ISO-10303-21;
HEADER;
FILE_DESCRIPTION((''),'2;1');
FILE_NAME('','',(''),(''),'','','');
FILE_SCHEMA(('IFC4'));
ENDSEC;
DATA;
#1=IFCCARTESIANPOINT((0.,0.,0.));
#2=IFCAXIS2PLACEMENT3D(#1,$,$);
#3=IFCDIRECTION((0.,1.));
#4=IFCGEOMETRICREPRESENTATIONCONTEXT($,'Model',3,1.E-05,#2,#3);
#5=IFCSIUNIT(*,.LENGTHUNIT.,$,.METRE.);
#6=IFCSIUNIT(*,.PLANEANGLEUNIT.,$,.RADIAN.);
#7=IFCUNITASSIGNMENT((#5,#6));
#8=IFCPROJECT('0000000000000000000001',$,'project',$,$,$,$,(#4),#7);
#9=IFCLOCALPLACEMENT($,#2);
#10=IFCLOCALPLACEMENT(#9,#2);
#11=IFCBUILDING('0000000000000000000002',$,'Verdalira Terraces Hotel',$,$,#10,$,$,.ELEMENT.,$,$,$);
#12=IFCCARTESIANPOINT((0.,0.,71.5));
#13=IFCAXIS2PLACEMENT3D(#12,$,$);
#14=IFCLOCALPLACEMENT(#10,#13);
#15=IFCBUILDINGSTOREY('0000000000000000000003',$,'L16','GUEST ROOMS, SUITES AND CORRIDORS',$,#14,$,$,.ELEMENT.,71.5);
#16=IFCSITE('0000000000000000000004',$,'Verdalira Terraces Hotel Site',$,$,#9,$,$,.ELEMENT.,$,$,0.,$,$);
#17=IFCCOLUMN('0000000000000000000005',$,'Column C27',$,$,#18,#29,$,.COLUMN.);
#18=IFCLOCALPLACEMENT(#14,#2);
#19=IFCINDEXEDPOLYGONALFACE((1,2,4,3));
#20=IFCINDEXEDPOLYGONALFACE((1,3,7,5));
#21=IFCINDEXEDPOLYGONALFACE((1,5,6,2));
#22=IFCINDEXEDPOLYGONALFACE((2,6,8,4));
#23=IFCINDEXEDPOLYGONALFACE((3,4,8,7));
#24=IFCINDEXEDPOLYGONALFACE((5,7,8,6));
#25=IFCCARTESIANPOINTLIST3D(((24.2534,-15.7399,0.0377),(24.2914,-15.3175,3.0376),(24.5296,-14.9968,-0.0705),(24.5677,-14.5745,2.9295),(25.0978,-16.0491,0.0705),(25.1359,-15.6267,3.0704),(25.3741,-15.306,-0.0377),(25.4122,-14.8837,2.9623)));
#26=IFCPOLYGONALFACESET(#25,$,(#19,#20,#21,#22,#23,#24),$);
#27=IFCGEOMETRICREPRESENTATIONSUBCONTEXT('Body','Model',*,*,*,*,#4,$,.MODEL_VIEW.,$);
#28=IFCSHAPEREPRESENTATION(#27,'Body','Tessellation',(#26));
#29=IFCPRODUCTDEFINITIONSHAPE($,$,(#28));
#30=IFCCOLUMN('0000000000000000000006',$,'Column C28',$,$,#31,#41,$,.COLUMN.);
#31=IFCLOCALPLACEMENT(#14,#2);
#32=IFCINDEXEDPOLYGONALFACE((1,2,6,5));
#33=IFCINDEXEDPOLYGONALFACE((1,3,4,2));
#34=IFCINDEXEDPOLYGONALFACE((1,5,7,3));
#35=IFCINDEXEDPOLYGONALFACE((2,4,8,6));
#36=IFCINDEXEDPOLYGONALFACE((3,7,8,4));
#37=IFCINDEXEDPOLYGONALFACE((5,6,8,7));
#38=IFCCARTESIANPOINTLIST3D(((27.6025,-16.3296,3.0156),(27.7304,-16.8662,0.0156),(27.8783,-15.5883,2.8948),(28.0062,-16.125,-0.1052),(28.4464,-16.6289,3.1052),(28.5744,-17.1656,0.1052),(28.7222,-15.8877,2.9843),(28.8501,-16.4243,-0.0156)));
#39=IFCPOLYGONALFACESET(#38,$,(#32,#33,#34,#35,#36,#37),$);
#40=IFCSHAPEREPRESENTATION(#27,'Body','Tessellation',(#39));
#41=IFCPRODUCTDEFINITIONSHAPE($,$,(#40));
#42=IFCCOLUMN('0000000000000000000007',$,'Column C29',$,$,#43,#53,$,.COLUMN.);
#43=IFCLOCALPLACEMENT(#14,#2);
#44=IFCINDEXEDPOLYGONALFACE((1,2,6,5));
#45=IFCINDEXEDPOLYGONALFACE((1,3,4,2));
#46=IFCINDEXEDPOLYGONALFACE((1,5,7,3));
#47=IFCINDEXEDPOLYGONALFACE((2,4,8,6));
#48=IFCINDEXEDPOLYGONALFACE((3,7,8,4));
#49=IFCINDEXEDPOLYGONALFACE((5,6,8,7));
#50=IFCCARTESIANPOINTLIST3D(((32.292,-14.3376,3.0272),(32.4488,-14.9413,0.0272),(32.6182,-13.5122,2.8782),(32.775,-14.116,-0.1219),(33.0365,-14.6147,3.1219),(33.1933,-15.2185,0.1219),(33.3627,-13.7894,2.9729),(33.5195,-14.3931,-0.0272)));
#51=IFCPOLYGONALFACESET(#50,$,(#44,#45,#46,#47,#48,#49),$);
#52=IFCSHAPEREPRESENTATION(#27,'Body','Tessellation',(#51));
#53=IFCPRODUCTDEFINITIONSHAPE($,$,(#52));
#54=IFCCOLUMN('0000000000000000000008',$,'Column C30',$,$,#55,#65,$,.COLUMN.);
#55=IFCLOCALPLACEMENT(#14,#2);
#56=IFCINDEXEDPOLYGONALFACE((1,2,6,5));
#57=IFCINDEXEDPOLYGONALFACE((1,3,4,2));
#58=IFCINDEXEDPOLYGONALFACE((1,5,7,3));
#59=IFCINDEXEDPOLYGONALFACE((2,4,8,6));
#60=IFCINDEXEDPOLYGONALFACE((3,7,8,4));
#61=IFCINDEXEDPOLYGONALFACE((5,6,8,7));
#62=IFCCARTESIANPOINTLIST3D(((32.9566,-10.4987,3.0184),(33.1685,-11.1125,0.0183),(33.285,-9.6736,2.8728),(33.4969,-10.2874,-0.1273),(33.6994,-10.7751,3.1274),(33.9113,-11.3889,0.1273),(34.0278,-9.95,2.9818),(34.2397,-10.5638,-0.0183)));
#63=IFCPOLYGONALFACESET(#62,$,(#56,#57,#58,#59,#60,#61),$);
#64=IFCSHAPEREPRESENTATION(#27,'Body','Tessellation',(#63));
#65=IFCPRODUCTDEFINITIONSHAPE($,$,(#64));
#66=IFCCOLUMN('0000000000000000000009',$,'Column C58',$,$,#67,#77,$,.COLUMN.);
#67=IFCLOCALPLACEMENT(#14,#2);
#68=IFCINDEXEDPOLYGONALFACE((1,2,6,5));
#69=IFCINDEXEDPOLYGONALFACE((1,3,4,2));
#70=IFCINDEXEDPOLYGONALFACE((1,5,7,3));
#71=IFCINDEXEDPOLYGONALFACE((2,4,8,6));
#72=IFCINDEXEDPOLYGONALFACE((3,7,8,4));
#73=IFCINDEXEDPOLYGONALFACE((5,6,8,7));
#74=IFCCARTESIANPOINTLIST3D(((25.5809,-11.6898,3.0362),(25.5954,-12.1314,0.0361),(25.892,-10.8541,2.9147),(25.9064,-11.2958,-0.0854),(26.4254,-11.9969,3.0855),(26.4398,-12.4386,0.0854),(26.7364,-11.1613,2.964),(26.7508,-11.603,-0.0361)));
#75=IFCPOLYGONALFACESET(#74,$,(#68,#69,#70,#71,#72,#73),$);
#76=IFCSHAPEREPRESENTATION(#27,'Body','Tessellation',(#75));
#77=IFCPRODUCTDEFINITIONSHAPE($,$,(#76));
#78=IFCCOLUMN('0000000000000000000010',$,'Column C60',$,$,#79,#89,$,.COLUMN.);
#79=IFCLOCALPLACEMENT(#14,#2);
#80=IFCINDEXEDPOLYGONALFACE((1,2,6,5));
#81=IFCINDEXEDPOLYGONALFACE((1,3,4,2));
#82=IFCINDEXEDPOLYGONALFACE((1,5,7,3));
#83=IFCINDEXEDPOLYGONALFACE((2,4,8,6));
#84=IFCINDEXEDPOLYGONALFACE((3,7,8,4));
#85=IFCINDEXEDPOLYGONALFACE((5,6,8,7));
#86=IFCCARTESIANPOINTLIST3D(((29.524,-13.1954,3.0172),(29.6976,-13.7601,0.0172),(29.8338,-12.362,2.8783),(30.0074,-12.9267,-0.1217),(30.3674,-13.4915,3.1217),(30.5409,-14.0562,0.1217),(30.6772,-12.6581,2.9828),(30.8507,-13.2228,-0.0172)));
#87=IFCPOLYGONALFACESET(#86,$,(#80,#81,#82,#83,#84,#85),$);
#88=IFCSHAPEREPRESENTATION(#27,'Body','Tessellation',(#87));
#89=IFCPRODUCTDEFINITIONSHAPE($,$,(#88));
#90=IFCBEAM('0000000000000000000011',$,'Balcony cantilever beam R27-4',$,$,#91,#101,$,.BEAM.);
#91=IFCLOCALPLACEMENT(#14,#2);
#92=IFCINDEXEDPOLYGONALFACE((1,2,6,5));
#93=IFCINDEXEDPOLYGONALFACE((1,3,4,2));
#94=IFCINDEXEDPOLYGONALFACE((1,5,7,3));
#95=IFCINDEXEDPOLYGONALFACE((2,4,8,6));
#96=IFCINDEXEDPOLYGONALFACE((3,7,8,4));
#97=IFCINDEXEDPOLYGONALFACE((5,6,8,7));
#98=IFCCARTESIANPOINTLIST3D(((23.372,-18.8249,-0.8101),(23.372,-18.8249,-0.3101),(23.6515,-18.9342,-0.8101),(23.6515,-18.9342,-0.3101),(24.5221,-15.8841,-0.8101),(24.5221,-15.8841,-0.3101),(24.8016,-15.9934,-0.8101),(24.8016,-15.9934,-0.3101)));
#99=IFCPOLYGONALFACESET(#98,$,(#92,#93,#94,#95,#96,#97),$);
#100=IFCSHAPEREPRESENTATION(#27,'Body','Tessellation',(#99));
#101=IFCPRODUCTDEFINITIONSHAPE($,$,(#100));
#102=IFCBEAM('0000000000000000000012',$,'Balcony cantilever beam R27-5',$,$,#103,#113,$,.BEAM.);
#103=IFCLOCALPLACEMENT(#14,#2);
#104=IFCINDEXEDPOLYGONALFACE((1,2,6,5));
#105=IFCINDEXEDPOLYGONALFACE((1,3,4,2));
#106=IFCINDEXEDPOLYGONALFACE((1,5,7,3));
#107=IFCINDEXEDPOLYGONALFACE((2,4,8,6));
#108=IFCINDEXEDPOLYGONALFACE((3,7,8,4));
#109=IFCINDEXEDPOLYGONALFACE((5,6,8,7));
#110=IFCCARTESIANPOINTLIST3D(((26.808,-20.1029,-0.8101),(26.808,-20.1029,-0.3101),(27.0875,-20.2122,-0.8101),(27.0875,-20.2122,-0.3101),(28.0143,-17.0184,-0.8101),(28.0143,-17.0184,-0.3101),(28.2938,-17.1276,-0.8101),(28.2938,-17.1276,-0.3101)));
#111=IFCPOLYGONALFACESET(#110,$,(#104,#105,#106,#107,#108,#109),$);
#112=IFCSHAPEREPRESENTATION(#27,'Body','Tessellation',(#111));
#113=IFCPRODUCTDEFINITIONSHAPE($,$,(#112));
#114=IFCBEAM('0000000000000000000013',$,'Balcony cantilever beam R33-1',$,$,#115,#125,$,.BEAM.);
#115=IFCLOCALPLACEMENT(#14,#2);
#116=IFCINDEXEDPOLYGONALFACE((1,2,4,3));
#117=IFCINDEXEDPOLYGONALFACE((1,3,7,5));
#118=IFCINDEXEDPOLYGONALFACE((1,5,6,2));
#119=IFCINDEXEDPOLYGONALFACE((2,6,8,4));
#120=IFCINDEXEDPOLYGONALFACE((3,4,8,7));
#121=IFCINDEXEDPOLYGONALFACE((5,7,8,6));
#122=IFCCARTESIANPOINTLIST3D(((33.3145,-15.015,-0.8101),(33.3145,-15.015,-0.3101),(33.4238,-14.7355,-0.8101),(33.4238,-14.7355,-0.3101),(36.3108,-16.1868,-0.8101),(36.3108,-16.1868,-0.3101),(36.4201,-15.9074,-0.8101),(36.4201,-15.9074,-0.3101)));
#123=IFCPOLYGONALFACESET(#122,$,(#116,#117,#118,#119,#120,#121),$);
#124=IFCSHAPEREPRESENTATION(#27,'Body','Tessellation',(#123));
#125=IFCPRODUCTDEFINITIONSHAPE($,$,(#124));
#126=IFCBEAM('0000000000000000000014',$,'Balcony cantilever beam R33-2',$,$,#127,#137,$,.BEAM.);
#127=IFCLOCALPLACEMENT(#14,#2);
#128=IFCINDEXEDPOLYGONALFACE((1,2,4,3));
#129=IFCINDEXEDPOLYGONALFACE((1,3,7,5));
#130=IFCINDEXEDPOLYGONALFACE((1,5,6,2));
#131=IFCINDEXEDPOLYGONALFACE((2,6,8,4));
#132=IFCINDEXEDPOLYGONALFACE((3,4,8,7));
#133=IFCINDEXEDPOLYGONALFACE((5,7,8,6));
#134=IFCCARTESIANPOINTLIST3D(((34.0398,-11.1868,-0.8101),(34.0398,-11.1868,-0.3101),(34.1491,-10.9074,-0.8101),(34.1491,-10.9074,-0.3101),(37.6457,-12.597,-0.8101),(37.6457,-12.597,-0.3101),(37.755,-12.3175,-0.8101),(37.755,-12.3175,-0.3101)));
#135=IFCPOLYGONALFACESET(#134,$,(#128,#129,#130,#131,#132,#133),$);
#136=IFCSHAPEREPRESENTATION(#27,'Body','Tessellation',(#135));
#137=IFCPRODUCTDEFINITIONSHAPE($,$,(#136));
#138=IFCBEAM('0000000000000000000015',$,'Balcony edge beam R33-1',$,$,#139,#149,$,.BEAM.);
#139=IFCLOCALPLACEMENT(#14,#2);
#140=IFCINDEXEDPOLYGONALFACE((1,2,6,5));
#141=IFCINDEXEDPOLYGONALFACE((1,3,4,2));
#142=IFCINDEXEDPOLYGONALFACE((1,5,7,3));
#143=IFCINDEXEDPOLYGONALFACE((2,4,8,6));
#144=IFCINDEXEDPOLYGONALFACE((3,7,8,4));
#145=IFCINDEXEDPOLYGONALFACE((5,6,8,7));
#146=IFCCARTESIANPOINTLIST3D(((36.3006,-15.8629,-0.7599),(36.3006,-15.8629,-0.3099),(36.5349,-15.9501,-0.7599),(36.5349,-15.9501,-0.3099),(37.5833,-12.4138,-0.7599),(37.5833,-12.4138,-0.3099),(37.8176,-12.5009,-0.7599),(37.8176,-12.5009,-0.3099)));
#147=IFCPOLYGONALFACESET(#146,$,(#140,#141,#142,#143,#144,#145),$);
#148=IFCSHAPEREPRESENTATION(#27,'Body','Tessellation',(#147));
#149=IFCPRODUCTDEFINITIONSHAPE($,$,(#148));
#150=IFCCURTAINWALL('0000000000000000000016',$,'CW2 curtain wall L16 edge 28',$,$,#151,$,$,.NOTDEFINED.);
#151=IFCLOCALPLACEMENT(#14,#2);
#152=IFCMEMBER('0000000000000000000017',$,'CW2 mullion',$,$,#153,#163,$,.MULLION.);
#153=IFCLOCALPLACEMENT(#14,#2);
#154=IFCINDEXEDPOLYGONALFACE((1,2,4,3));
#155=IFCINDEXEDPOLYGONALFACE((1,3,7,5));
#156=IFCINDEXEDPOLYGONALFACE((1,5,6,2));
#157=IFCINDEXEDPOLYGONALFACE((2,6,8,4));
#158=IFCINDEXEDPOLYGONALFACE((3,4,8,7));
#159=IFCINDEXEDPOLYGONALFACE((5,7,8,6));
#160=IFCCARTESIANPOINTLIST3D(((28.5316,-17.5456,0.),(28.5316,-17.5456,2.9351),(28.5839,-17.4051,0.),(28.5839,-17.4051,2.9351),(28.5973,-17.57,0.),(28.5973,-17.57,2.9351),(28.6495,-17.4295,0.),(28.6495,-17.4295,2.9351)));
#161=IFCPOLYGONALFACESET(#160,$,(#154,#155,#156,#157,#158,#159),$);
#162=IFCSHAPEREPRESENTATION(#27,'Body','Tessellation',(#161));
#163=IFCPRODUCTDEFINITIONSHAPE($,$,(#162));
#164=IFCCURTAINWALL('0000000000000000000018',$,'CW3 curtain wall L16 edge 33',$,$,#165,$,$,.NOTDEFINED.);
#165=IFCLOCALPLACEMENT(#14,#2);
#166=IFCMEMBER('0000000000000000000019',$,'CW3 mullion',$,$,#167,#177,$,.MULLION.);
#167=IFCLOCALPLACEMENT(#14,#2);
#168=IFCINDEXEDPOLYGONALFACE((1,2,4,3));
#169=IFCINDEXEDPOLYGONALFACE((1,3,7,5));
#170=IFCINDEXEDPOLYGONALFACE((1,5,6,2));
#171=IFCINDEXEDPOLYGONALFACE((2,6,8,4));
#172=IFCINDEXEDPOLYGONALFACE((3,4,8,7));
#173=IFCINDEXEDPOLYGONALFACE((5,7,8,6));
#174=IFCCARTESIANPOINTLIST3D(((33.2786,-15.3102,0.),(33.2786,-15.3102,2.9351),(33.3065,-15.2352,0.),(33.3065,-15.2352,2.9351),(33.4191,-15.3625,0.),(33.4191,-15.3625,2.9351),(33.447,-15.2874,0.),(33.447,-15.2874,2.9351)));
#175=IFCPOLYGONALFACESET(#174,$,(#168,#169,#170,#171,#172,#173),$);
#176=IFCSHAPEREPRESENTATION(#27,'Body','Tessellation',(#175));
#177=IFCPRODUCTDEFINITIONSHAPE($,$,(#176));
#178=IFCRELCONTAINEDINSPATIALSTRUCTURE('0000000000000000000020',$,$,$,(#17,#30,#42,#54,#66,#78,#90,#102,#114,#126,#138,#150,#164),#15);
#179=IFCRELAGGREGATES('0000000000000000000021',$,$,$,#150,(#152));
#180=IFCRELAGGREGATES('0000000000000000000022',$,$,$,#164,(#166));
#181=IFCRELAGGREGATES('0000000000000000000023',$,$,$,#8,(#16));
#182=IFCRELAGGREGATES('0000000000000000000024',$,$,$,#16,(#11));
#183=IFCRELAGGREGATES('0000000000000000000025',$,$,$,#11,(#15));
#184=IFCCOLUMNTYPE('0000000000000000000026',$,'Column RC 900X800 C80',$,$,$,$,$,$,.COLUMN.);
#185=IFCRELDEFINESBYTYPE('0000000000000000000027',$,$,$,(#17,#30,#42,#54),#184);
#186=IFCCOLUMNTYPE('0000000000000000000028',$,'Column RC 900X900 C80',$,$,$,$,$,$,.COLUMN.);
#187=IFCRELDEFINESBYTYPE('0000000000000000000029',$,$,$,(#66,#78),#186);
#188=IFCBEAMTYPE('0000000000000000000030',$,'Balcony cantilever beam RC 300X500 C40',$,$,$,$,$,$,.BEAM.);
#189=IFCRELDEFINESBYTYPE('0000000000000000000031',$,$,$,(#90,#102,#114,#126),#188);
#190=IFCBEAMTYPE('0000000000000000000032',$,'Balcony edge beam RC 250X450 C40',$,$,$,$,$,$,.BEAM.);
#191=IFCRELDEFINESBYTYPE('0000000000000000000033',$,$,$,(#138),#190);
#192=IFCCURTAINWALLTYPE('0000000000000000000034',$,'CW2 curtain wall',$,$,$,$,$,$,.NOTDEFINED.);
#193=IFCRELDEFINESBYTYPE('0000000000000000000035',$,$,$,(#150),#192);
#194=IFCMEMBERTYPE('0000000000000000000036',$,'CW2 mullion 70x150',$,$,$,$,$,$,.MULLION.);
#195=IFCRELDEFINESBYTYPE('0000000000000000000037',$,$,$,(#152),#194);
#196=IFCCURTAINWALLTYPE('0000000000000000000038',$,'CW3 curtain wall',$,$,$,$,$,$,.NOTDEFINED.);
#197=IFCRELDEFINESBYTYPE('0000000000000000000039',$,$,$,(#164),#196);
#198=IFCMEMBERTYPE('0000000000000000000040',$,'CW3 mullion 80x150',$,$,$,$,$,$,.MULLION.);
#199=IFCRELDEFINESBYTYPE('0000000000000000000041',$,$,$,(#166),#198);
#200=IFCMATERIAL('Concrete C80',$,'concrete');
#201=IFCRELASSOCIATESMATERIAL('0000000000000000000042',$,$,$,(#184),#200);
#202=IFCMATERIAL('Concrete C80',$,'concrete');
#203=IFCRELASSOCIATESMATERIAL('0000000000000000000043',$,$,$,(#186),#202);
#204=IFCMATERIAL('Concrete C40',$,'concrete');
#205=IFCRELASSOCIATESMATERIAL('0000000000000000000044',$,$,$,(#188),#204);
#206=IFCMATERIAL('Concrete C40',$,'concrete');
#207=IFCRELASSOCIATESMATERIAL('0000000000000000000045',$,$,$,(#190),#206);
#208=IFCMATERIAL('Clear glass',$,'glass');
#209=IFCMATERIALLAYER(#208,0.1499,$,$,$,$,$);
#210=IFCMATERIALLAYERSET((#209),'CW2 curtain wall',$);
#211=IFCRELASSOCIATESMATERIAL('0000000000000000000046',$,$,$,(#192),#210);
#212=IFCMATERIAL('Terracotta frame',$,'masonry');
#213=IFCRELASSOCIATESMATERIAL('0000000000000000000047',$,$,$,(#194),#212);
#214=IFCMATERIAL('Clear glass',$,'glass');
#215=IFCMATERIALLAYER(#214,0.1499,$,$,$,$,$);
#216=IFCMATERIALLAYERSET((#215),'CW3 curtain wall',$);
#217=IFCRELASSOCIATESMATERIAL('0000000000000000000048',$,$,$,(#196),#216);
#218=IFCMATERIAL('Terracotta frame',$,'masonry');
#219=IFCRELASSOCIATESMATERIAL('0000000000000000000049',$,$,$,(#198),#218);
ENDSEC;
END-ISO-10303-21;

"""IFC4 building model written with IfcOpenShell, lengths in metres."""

from ifc_helpers import new_model, si_unit, direction, frame, origin, origin_2d, place, context, subcontext, project, spatial, rectangle, extrude, material, layer, layer_set, material_profile, profile_set, type_object, element, aggregate, save


model = new_model("IFC4")

# Units and contexts
model_context = context("Model", 3, precision=1e-05, world=origin(), true_north=direction((0.0, 1.0)))
body_context = subcontext(model_context, "Body", "Model", "MODEL_VIEW")
ifc_project = project(units=[si_unit("LENGTHUNIT", "METRE"), si_unit("PLANEANGLEUNIT", "RADIAN")], contexts=[model_context])

# Site, building, storey
site_placement = place(None, origin())
site = spatial("IfcSite", under=ifc_project, at=site_placement, Name="Verdalira Terraces Hotel Site", CompositionType="ELEMENT", RefElevation=0.0)
building_placement = place(site_placement, origin())
building = spatial("IfcBuilding", under=site, at=building_placement, Name="Verdalira Terraces Hotel", CompositionType="ELEMENT")
storey_placement = place(building_placement, frame((0.0, 0.0, 71.5)))
storey = spatial("IfcBuildingStorey", under=building, at=storey_placement, Name="L16", Description="GUEST ROOMS, SUITES AND CORRIDORS", CompositionType="ELEMENT", Elevation=71.5)

# Columns
ifc_material_1 = material(Name="Concrete C80", Category="concrete")
ifc_material_profile_1 = material_profile(ifc_material_1, rectangle(XDim=0.8999, YDim=0.8, at=origin_2d()), Name="RC 900X800")
ifc_profile_set_1 = profile_set([ifc_material_profile_1], Name="Concrete C80")
column_type_1 = type_object("IfcColumnType", Name="Column RC 900X800 C80", PredefinedType="COLUMN", material=ifc_profile_set_1)
column_1_placement = place(storey_placement, frame((24.8137, -15.5229, 0.0), z_axis=(0.01257, 0.139402, 0.990156), x_axis=(0.938412, -0.34359, 0.03646)))
element("IfcColumn", 1, at=column_1_placement, inside=storey, type_object=column_type_1, Name="Column C27", PredefinedType="COLUMN", context=body_context, shape_type="SweptSolid", body=[
    extrude(rectangle(XDim=0.8999, YDim=0.8, at=origin_2d()), origin(), (0.0, 0.0, 1.0), 3.0298),
])
column_2_placement = place(storey_placement, frame((28.2903, -16.6453, 0.0), z_axis=(-0.04194, 0.175924, 0.98351), x_axis=(0.937787, -0.332651, 0.099493)))
element("IfcColumn", 2, at=column_2_placement, inside=storey, type_object=column_type_1, Name="Column C28", PredefinedType="COLUMN", context=body_context, shape_type="SweptSolid", body=[
    extrude(rectangle(XDim=0.8999, YDim=0.8, at=origin_2d()), origin(), (0.0, 0.0, 1.0), 3.0503),
])
column_3_placement = place(storey_placement, frame((32.9841, -14.6672, 0.0), z_axis=(-0.051152, 0.197039, 0.97906), x_axis=(0.362492, 0.917149, -0.16564)))
element("IfcColumn", 3, at=column_3_placement, inside=storey, type_object=column_type_1, Name="Column C29", PredefinedType="COLUMN", context=body_context, shape_type="SweptSolid", body=[
    extrude(rectangle(XDim=0.8999, YDim=0.8, at=origin_2d()), origin(), (0.0, 0.0, 1.0), 3.0642),
])
column_4_placement = place(storey_placement, frame((33.7041, -10.8381, 0.0), z_axis=(-0.069039, 0.19996, 0.977369), x_axis=(0.364959, 0.916856, -0.1618)))
element("IfcColumn", 4, at=column_4_placement, inside=storey, type_object=column_type_1, Name="Column C30", PredefinedType="COLUMN", context=body_context, shape_type="SweptSolid", body=[
    extrude(rectangle(XDim=0.8999, YDim=0.8, at=origin_2d()), origin(), (0.0, 0.0, 1.0), 3.0696),
])
ifc_material_2 = material(Name="Concrete C80", Category="concrete")
ifc_material_profile_2 = material_profile(ifc_material_2, rectangle(XDim=0.8999, YDim=0.8999, at=origin_2d()), Name="RC 900X900")
ifc_profile_set_2 = profile_set([ifc_material_profile_2], Name="Concrete C80")
column_type_2 = type_object("IfcColumnType", Name="Column RC 900X900 C80", PredefinedType="COLUMN", material=ifc_profile_set_2)
column_5_placement = place(storey_placement, frame((26.1731, -11.8672, 0.0), z_axis=(-0.00475, 0.145645, 0.989325), x_axis=(0.938343, -0.341343, 0.054757)))
element("IfcColumn", 5, at=column_5_placement, inside=storey, type_object=column_type_2, Name="Column C58", PredefinedType="COLUMN", context=body_context, shape_type="SweptSolid", body=[
    extrude(rectangle(XDim=0.8999, YDim=0.8999, at=origin_2d()), origin(), (0.0, 0.0, 1.0), 3.0325),
])
column_6_placement = place(storey_placement, frame((30.2742, -13.4915, 0.0), z_axis=(-0.056771, 0.184685, 0.981157), x_axis=(0.937151, -0.329022, 0.116157)))
element("IfcColumn", 6, at=column_6_placement, inside=storey, type_object=column_type_2, Name="Column C60", PredefinedType="COLUMN", context=body_context, shape_type="SweptSolid", body=[
    extrude(rectangle(XDim=0.8999, YDim=0.8999, at=origin_2d()), origin(), (0.0, 0.0, 1.0), 3.0576),
])

# Beams
ifc_material_3 = material(Name="Concrete C40", Category="concrete")
ifc_material_profile_3 = material_profile(ifc_material_3, rectangle(XDim=0.3, YDim=0.5, at=origin_2d()), Name="RC 300X500")
ifc_profile_set_3 = profile_set([ifc_material_profile_3], Name="Concrete C40")
beam_type_1 = type_object("IfcBeamType", Name="Balcony cantilever beam RC 300X500 C40", PredefinedType="BEAM", material=ifc_profile_set_3)
beam_1_placement = place(storey_placement, frame((24.6619, -15.9387, -0.5601), z_axis=(-0.364222, -0.931312, 0.0), x_axis=(0.931312, -0.364222, 0.0)))
element("IfcBeam", 7, at=beam_1_placement, inside=storey, type_object=beam_type_1, Name="Balcony cantilever beam R27-4", PredefinedType="BEAM", context=body_context, shape_type="SweptSolid", body=[
    extrude(rectangle(XDim=0.3, YDim=0.5, at=origin_2d()), origin(), (0.0, 0.0, 1.0), 3.1577),
])
beam_2_placement = place(storey_placement, frame((28.1541, -17.073, -0.5601), z_axis=(-0.364224, -0.931311, 0.0), x_axis=(0.931311, -0.364224, 0.0)))
element("IfcBeam", 8, at=beam_2_placement, inside=storey, type_object=beam_type_1, Name="Balcony cantilever beam R27-5", PredefinedType="BEAM", context=body_context, shape_type="SweptSolid", body=[
    extrude(rectangle(XDim=0.3, YDim=0.5, at=origin_2d()), origin(), (0.0, 0.0, 1.0), 3.312),
])
beam_3_placement = place(storey_placement, frame((33.3691, -14.8752, -0.5601), z_axis=(0.931307, -0.364236, 0.0), x_axis=(0.364236, 0.931307, 0.0)))
element("IfcBeam", 9, at=beam_3_placement, inside=storey, type_object=beam_type_1, Name="Balcony cantilever beam R33-1", PredefinedType="BEAM", context=body_context, shape_type="SweptSolid", body=[
    extrude(rectangle(XDim=0.3, YDim=0.5, at=origin_2d()), origin(), (0.0, 0.0, 1.0), 3.2173),
])
beam_4_placement = place(storey_placement, frame((34.0945, -11.0471, -0.5601), z_axis=(0.931319, -0.364204, 0.0), x_axis=(0.364204, 0.931319, 0.0)))
element("IfcBeam", 10, at=beam_4_placement, inside=storey, type_object=beam_type_1, Name="Balcony cantilever beam R33-2", PredefinedType="BEAM", context=body_context, shape_type="SweptSolid", body=[
    extrude(rectangle(XDim=0.3, YDim=0.5, at=origin_2d()), origin(), (0.0, 0.0, 1.0), 3.8718),
])
ifc_material_4 = material(Name="Concrete C40", Category="concrete")
ifc_material_profile_4 = material_profile(ifc_material_4, rectangle(XDim=0.25, YDim=0.45, at=origin_2d()), Name="RC 250X450")
ifc_profile_set_4 = profile_set([ifc_material_profile_4], Name="Concrete C40")
beam_type_2 = type_object("IfcBeamType", Name="Balcony edge beam RC 250X450 C40", PredefinedType="BEAM", material=ifc_profile_set_4)
beam_5_placement = place(storey_placement, frame((36.4177, -15.9065, -0.5349), z_axis=(0.348563, 0.937285, 0.0), x_axis=(-0.937285, 0.348563, 0.0)))
element("IfcBeam", 11, at=beam_5_placement, inside=storey, type_object=beam_type_2, Name="Balcony edge beam R33-1", PredefinedType="BEAM", context=body_context, shape_type="SweptSolid", body=[
    extrude(rectangle(XDim=0.25, YDim=0.45, at=origin_2d()), origin(), (0.0, 0.0, 1.0), 3.6799),
])

# Curtain wall, member
ifc_material_5 = material(Name="Clear glass", Category="glass")
ifc_layer_1 = layer(ifc_material_5, 0.1499)
ifc_layer_set_1 = layer_set([ifc_layer_1], Name="CW2 curtain wall")
curtain_wall_type_1 = type_object("IfcCurtainWallType", Name="CW2 curtain wall", PredefinedType="NOTDEFINED", material=ifc_layer_set_1)
curtain_wall_1_placement = place(storey_placement, origin())
curtain_wall_1 = element("IfcCurtainWall", 12, at=curtain_wall_1_placement, inside=storey, type_object=curtain_wall_type_1, Name="CW2 curtain wall L16 edge 28", PredefinedType="NOTDEFINED")
ifc_material_6 = material(Name="Terracotta frame", Category="masonry")
ifc_material_profile_5 = material_profile(ifc_material_6, rectangle(XDim=0.0701, YDim=0.1499, at=origin_2d()), Name="MU 70x150")
ifc_profile_set_5 = profile_set([ifc_material_profile_5], Name="Terracotta frame")
member_type_1 = type_object("IfcMemberType", Name="CW2 mullion 70x150", PredefinedType="MULLION", material=ifc_profile_set_5)
member_1_placement = place(storey_placement, frame((28.5906, -17.4875, 0.0), z_axis=(0.0, 0.0, 1.0), x_axis=(0.937282, -0.348572, 0.0)))
member_1 = element("IfcMember", 13, at=member_1_placement, type_object=member_type_1, Name="CW2 mullion", PredefinedType="MULLION", context=body_context, shape_type="SweptSolid", body=[
    extrude(rectangle(XDim=0.0701, YDim=0.1499, at=origin_2d()), origin(), (0.0, 0.0, 1.0), 2.9351),
])
aggregate(curtain_wall_1, [member_1])

# Curtain wall, member
ifc_material_7 = material(Name="Clear glass", Category="glass")
ifc_layer_2 = layer(ifc_material_7, 0.1499)
ifc_layer_set_2 = layer_set([ifc_layer_2], Name="CW3 curtain wall")
curtain_wall_type_2 = type_object("IfcCurtainWallType", Name="CW3 curtain wall", PredefinedType="NOTDEFINED", material=ifc_layer_set_2)
curtain_wall_2_placement = place(storey_placement, origin())
curtain_wall_2 = element("IfcCurtainWall", 14, at=curtain_wall_2_placement, inside=storey, type_object=curtain_wall_type_2, Name="CW3 curtain wall L16 edge 33", PredefinedType="NOTDEFINED")
ifc_material_8 = material(Name="Terracotta frame", Category="masonry")
ifc_material_profile_6 = material_profile(ifc_material_8, rectangle(XDim=0.0801, YDim=0.1499, at=origin_2d()), Name="MU 80x150")
ifc_profile_set_6 = profile_set([ifc_material_profile_6], Name="Terracotta frame")
member_type_2 = type_object("IfcMemberType", Name="CW3 mullion 80x150", PredefinedType="MULLION", material=ifc_profile_set_6)
member_2_placement = place(storey_placement, frame((33.3628, -15.2988, 0.0), z_axis=(0.0, 0.0, 1.0), x_axis=(0.348572, 0.937282, 0.0)))
member_2 = element("IfcMember", 15, at=member_2_placement, type_object=member_type_2, Name="CW3 mullion", PredefinedType="MULLION", context=body_context, shape_type="SweptSolid", body=[
    extrude(rectangle(XDim=0.0801, YDim=0.1499, at=origin_2d()), origin(), (0.0, 0.0, 1.0), 2.9351),
])

aggregate(curtain_wall_2, [member_2])

save(model, "model.ifc")
